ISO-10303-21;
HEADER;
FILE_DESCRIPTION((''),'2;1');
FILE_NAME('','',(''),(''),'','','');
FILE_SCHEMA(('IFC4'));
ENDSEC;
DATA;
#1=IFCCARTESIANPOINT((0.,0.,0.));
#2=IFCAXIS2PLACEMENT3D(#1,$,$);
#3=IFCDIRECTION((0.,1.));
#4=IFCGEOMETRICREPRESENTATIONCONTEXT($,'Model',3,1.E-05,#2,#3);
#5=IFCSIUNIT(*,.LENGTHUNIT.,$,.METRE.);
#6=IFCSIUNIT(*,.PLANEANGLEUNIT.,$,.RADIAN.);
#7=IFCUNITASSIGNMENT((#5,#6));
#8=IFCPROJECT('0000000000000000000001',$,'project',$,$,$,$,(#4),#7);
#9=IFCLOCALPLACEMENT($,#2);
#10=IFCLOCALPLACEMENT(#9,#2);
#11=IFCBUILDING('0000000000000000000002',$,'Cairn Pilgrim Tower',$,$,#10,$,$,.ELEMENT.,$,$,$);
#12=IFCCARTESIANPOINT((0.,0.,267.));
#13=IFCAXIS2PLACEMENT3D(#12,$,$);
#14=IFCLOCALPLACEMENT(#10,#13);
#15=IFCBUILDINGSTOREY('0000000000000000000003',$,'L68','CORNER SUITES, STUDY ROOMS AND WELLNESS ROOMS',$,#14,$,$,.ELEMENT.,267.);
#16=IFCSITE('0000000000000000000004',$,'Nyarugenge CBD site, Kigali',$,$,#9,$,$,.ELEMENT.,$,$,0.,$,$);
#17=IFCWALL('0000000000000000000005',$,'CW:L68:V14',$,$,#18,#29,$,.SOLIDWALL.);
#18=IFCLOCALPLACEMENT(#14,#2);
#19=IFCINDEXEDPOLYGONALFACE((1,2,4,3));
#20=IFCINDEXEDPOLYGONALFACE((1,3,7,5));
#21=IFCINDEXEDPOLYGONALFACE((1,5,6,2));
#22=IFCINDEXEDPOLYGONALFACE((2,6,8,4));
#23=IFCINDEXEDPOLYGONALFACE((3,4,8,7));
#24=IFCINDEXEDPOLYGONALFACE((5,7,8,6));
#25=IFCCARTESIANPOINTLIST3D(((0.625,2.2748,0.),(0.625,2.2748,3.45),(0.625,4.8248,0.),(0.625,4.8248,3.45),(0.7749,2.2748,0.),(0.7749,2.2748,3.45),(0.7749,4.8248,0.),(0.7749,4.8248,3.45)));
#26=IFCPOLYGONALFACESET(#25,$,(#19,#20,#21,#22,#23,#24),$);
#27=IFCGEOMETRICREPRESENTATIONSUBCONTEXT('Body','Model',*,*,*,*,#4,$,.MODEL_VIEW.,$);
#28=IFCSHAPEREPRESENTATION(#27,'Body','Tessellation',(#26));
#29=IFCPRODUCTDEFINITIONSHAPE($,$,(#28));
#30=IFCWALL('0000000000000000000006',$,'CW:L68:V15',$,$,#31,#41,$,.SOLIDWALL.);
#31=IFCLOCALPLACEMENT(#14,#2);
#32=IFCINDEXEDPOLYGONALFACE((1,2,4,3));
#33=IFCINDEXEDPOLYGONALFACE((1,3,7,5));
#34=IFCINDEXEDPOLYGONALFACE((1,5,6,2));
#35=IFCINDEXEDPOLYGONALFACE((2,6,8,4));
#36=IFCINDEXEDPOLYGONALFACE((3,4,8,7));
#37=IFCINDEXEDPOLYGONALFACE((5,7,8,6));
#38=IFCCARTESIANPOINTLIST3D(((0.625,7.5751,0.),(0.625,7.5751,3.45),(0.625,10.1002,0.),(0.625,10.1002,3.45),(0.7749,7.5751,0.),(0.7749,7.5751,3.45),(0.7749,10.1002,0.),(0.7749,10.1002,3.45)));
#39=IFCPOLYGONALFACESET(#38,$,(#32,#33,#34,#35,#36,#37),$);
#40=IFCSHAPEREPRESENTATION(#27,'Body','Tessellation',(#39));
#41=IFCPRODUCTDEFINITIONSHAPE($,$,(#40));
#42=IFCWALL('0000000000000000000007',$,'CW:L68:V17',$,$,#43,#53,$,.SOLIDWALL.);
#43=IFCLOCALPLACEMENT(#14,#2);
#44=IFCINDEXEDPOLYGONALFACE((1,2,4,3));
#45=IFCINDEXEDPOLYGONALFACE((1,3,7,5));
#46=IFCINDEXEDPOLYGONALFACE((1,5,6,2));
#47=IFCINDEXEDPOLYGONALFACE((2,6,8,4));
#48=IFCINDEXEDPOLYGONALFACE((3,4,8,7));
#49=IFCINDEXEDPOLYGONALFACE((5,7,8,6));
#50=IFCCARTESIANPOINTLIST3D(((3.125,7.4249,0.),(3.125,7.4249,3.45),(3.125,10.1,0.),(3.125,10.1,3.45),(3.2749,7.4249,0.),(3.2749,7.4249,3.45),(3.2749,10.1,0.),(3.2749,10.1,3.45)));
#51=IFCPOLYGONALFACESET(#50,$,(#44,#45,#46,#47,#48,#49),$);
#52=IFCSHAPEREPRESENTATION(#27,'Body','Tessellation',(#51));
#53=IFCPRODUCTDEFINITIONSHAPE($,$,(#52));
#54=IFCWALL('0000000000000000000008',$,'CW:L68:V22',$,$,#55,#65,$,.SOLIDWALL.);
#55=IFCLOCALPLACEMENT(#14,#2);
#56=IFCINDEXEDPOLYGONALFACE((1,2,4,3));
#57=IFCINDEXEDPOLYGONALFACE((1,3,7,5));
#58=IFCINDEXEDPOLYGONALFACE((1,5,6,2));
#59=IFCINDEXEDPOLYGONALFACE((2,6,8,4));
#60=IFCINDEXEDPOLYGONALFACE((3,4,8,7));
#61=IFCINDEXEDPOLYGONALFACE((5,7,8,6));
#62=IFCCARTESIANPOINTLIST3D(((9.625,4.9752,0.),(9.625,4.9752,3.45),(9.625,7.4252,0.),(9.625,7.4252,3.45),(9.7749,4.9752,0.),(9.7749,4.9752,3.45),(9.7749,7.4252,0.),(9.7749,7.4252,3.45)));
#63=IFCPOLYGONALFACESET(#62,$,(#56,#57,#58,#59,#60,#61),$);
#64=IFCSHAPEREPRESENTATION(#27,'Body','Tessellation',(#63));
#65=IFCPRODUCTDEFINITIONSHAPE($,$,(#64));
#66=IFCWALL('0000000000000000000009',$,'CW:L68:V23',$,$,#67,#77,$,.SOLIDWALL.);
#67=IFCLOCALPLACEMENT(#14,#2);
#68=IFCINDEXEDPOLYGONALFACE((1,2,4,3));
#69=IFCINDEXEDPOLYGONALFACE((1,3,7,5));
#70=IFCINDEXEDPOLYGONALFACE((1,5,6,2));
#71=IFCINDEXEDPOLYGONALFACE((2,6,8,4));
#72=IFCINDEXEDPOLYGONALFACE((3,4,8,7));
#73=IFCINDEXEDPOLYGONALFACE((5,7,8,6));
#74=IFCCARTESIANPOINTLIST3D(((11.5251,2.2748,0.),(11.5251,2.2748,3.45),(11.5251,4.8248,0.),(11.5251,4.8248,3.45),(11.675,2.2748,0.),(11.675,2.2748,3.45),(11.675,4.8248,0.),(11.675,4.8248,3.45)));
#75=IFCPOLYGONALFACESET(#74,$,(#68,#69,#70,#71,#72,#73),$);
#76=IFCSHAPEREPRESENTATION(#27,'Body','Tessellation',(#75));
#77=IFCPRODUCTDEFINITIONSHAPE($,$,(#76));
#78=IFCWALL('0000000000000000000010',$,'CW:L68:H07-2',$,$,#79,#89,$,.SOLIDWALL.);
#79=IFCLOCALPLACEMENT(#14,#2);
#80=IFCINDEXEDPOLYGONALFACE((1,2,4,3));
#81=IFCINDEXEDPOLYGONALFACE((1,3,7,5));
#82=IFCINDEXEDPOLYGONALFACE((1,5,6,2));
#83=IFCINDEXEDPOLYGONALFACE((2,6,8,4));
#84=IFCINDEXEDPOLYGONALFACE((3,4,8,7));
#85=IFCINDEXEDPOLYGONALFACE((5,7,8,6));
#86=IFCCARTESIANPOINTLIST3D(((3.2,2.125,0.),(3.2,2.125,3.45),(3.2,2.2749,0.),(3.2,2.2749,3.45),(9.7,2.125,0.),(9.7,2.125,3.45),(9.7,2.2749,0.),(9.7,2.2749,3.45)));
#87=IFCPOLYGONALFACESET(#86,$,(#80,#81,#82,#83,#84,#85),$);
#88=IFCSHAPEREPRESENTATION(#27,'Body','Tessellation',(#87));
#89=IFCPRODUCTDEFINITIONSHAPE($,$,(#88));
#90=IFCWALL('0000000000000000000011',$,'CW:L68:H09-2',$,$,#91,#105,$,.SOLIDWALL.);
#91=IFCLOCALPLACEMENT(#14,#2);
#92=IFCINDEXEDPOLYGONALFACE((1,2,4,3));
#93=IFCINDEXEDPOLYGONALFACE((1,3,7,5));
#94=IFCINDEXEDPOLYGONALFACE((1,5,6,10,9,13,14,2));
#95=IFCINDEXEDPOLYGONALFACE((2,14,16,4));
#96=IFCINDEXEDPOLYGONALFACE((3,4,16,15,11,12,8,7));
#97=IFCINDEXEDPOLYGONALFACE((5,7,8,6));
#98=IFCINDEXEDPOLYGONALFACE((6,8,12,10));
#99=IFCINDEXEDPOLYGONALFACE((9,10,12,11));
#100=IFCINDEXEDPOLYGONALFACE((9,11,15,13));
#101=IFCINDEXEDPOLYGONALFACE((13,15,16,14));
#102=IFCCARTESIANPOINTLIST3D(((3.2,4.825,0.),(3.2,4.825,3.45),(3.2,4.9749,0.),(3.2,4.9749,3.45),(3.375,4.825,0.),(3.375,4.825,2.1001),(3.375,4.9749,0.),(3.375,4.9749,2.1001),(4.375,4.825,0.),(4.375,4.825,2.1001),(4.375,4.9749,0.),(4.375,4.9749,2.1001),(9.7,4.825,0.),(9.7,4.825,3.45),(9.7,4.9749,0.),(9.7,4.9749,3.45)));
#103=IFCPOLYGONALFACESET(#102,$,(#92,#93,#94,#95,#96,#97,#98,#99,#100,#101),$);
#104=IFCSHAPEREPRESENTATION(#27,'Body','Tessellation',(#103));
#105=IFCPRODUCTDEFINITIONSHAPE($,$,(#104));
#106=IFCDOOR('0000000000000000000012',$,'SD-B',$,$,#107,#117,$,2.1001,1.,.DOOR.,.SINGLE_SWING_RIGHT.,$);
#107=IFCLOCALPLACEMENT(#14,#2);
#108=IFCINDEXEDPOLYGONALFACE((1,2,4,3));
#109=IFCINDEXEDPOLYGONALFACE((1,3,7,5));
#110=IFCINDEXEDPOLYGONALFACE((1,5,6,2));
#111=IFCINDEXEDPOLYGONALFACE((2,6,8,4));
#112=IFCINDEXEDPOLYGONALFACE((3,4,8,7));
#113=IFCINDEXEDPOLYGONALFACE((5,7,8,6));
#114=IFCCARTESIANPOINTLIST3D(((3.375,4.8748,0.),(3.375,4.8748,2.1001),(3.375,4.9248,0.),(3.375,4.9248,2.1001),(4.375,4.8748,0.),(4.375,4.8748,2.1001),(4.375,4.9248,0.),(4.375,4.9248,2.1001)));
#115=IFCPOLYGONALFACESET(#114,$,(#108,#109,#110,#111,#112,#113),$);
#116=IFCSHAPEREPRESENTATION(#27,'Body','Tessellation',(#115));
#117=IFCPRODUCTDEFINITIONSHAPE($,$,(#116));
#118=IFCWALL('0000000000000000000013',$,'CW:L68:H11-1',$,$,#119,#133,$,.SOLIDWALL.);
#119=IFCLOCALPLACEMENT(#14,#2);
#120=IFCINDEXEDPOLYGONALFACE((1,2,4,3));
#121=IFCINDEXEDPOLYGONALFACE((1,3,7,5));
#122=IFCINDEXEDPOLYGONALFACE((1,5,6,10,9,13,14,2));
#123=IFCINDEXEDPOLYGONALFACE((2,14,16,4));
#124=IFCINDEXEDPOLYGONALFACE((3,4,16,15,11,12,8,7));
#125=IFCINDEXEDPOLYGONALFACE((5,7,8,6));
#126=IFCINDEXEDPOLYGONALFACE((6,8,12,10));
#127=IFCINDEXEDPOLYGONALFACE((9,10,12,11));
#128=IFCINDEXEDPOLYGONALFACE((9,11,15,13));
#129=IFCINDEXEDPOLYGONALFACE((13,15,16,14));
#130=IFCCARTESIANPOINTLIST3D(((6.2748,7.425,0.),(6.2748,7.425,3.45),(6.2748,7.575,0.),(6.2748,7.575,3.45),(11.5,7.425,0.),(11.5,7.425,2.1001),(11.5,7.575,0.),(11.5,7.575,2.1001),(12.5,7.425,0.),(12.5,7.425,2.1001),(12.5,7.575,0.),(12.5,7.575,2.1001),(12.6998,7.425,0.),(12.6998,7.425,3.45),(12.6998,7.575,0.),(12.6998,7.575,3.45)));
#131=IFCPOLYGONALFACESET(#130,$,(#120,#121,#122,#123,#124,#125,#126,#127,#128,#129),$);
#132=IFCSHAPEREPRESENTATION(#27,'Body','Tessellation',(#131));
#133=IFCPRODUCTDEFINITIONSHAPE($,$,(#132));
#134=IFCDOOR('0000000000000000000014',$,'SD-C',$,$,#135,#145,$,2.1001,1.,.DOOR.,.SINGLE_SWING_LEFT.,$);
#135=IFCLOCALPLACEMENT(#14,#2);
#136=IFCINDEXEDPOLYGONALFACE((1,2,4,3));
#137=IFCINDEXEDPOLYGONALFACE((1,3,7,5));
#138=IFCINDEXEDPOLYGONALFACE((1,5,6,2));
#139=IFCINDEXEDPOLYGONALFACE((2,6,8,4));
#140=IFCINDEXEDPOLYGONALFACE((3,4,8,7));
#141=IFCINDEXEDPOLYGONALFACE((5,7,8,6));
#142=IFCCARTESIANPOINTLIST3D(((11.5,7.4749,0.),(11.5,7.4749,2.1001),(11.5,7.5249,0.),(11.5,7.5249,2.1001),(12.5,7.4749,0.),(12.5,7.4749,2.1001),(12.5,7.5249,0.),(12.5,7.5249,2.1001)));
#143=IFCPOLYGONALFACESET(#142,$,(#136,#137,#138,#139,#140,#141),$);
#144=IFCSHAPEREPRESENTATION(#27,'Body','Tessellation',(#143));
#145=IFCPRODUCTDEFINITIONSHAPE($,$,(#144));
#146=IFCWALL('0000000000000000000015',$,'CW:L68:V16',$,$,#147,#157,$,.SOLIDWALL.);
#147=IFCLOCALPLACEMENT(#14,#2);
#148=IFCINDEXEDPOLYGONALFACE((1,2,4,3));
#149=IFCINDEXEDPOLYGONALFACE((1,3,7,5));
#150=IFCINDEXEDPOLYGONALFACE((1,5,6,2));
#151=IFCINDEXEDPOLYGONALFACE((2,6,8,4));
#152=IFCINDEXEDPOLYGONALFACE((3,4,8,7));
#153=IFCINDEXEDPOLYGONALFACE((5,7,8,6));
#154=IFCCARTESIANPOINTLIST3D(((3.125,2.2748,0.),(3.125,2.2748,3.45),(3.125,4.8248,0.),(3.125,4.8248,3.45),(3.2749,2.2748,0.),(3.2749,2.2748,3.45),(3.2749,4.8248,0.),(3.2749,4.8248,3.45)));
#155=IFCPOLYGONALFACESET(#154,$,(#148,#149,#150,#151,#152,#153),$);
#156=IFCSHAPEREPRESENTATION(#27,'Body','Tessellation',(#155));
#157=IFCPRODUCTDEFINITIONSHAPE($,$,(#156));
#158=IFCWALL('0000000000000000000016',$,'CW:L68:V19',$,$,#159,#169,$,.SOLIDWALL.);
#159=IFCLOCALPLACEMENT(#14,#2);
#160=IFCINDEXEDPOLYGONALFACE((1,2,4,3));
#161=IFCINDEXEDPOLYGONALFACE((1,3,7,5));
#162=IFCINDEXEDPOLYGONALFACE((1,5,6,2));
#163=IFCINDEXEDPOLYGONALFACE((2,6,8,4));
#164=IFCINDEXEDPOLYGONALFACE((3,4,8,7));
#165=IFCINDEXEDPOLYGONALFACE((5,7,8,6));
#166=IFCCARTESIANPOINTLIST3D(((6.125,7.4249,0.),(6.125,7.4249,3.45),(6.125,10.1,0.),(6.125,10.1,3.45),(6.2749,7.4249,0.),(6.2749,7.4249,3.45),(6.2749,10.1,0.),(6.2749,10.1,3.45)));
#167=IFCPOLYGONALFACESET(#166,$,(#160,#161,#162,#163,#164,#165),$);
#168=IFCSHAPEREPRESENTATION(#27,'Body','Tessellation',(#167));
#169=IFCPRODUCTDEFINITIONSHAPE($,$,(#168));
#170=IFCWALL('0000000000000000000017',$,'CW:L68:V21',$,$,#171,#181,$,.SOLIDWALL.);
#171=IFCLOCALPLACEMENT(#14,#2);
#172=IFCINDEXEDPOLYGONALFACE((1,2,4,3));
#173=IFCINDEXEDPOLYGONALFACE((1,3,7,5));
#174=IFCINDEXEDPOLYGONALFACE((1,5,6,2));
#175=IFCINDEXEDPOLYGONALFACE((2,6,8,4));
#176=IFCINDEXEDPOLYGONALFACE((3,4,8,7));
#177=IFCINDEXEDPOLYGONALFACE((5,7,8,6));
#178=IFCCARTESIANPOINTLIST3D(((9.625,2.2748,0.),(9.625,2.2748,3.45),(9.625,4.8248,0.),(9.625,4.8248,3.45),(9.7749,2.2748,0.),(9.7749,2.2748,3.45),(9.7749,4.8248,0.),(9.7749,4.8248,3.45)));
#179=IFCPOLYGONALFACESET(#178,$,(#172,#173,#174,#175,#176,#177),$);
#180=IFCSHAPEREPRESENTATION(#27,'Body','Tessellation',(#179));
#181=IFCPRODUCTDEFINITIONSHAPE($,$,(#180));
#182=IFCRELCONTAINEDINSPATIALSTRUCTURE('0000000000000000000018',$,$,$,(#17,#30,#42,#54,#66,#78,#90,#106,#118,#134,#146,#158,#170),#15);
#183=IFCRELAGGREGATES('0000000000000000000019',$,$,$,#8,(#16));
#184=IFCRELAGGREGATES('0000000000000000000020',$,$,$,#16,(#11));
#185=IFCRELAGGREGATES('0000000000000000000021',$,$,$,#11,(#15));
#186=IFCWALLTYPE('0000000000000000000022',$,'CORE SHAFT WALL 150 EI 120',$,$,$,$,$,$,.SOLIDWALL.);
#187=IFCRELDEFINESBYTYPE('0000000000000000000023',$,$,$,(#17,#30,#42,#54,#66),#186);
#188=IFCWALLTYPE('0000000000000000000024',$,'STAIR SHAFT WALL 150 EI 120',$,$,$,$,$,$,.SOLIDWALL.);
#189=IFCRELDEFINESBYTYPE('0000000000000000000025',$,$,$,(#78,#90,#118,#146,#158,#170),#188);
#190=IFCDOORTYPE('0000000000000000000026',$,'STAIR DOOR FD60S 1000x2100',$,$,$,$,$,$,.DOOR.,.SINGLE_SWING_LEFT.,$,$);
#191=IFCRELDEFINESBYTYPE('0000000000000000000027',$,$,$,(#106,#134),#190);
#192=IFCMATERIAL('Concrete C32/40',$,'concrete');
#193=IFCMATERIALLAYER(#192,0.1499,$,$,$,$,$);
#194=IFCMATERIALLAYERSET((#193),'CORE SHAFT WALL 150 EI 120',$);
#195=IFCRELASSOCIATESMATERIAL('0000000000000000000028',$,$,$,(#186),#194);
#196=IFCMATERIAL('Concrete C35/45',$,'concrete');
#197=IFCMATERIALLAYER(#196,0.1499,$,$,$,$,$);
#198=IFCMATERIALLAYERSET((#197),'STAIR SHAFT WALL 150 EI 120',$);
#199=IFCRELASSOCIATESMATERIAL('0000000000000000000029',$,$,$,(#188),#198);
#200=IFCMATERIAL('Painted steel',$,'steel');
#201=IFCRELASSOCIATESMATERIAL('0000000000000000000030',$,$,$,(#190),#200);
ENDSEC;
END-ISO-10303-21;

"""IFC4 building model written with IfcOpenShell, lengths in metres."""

from ifc_helpers import new_model, si_unit, direction, frame, frame_2d, origin, place, context, subcontext, project, spatial, rectangle, extrude, material, layer, layer_set, type_object, element, fill, save


model = new_model("IFC4")

# Units and contexts
model_context = context("Model", 3, precision=1e-05, world=origin(), true_north=direction((0.0, 1.0)))
body_context = subcontext(model_context, "Body", "Model", "MODEL_VIEW")
ifc_project = project(units=[si_unit("LENGTHUNIT", "METRE"), si_unit("PLANEANGLEUNIT", "RADIAN")], contexts=[model_context])

# Site, building, storey
site_placement = place(None, origin())
site = spatial("IfcSite", under=ifc_project, at=site_placement, Name="Nyarugenge CBD site, Kigali", CompositionType="ELEMENT", RefElevation=0.0)
building_placement = place(site_placement, origin())
building = spatial("IfcBuilding", under=site, at=building_placement, Name="Cairn Pilgrim Tower", CompositionType="ELEMENT")
storey_placement = place(building_placement, frame((0.0, 0.0, 267.0)))
storey = spatial("IfcBuildingStorey", under=building, at=storey_placement, Name="L68", Description="CORNER SUITES, STUDY ROOMS AND WELLNESS ROOMS", CompositionType="ELEMENT", Elevation=267.0)

# Shared definitions
ifc_material_1 = material(Name="Concrete C32/40", Category="concrete")

# Shared definitions
ifc_layer_1 = layer(ifc_material_1, 0.1499)
ifc_layer_set_1 = layer_set([ifc_layer_1], Name="CORE SHAFT WALL 150 EI 120")
wall_type_1 = type_object("IfcWallType", Name="CORE SHAFT WALL 150 EI 120", PredefinedType="SOLIDWALL", material=ifc_layer_set_1)

# Shared definitions
ifc_material_2 = material(Name="Painted steel", Category="steel")

# Walls
wall_1_placement = place(storey_placement, frame((0.7, 2.2749, 0.0), z_axis=(0.0, 0.0, 1.0), x_axis=(0.0, 1.0, 0.0)))
element("IfcWall", 1, at=wall_1_placement, inside=storey, type_object=wall_type_1, Name="CW:L68:V14", PredefinedType="SOLIDWALL", context=body_context, shape_type="SweptSolid", body=[
    extrude(rectangle(XDim=2.55, YDim=0.1499, at=frame_2d((1.2749, 0.0))), origin(), (0.0, 0.0, 1.0), 3.45),
])
wall_2_placement = place(storey_placement, frame((0.7, 7.575, 0.0), z_axis=(0.0, 0.0, 1.0), x_axis=(0.0, 1.0, 0.0)))
element("IfcWall", 2, at=wall_2_placement, inside=storey, type_object=wall_type_1, Name="CW:L68:V15", PredefinedType="SOLIDWALL", context=body_context, shape_type="SweptSolid", body=[
    extrude(rectangle(XDim=2.5251, YDim=0.1499, at=frame_2d((1.2627, 0.0))), origin(), (0.0, 0.0, 1.0), 3.45),
])
wall_3_placement = place(storey_placement, frame((3.2, 7.425, 0.0), z_axis=(0.0, 0.0, 1.0), x_axis=(0.0, 1.0, 0.0)))
element("IfcWall", 3, at=wall_3_placement, inside=storey, type_object=wall_type_1, Name="CW:L68:V17", PredefinedType="SOLIDWALL", context=body_context, shape_type="SweptSolid", body=[
    extrude(rectangle(XDim=2.675, YDim=0.1499, at=frame_2d((1.3374, 0.0))), origin(), (0.0, 0.0, 1.0), 3.45),
])
wall_4_placement = place(storey_placement, frame((9.7, 4.9751, 0.0), z_axis=(0.0, 0.0, 1.0), x_axis=(0.0, 1.0, 0.0)))
element("IfcWall", 4, at=wall_4_placement, inside=storey, type_object=wall_type_1, Name="CW:L68:V22", PredefinedType="SOLIDWALL", context=body_context, shape_type="SweptSolid", body=[
    extrude(rectangle(XDim=2.45, YDim=0.1499, at=frame_2d((1.2251, 0.0))), origin(), (0.0, 0.0, 1.0), 3.45),
])
wall_5_placement = place(storey_placement, frame((11.6001, 2.2749, 0.0), z_axis=(0.0, 0.0, 1.0), x_axis=(0.0, 1.0, 0.0)))
element("IfcWall", 5, at=wall_5_placement, inside=storey, type_object=wall_type_1, Name="CW:L68:V23", PredefinedType="SOLIDWALL", context=body_context, shape_type="SweptSolid", body=[
    extrude(rectangle(XDim=2.55, YDim=0.1499, at=frame_2d((1.2749, 0.0))), origin(), (0.0, 0.0, 1.0), 3.45),
])
ifc_material_3 = material(Name="Concrete C35/45", Category="concrete")
ifc_layer_2 = layer(ifc_material_3, 0.1499)
ifc_layer_set_2 = layer_set([ifc_layer_2], Name="STAIR SHAFT WALL 150 EI 120")
wall_type_2 = type_object("IfcWallType", Name="STAIR SHAFT WALL 150 EI 120", PredefinedType="SOLIDWALL", material=ifc_layer_set_2)
wall_6_placement = place(storey_placement, frame((3.2, 2.2, 0.0), z_axis=(0.0, 0.0, 1.0), x_axis=(1.0, 0.0, 0.0)))
element("IfcWall", 6, at=wall_6_placement, inside=storey, type_object=wall_type_2, Name="CW:L68:H07-2", PredefinedType="SOLIDWALL", context=body_context, shape_type="SweptSolid", body=[
    extrude(rectangle(XDim=6.5, YDim=0.1499, at=frame_2d((3.25, 0.0))), origin(), (0.0, 0.0, 1.0), 3.45),
])

# Walls, openings, doors
wall_7_placement = place(storey_placement, frame((3.2, 4.8999, 0.0), z_axis=(0.0, 0.0, 1.0), x_axis=(1.0, 0.0, 0.0)))
wall_7 = element("IfcWall", 7, at=wall_7_placement, inside=storey, type_object=wall_type_2, Name="CW:L68:H09-2", PredefinedType="SOLIDWALL", context=body_context, shape_type="SweptSolid", body=[
    extrude(rectangle(XDim=6.5, YDim=0.1499, at=frame_2d((3.25, 0.0))), origin(), (0.0, 0.0, 1.0), 3.45),
])
opening_1_placement = place(wall_7_placement, frame((0.175, 0.0, 0.0)))
opening_1 = element("IfcOpeningElement", 8, at=opening_1_placement, cuts=wall_7, PredefinedType="OPENING", context=body_context, shape_type="SweptSolid", body=[
    extrude(rectangle(XDim=1.0, YDim=2.1001, at=frame_2d((0.5, 1.05))), frame((0.0, 0.085, 0.0), z_axis=(0.0, -1.0, 0.0), x_axis=(1.0, 0.0, 0.0)), (0.0, 0.0, 1.0), 0.1699),
])
door_type_1 = type_object("IfcDoorType", Name="STAIR DOOR FD60S 1000x2100", OperationType="SINGLE_SWING_LEFT", PredefinedType="DOOR", material=ifc_material_2)
door_1_placement = place(opening_1_placement, origin())
door_1 = element("IfcDoor", 9, at=door_1_placement, inside=storey, type_object=door_type_1, Name="SD-B", OperationType="SINGLE_SWING_RIGHT", OverallHeight=2.1001, OverallWidth=1.0, PredefinedType="DOOR", context=body_context, shape_type="SweptSolid", body=[
    extrude(rectangle(XDim=1.0, YDim=2.1001, at=frame_2d((0.5, 1.05))), frame((0.0, 0.0249, 0.0), z_axis=(0.0, -1.0, 0.0), x_axis=(1.0, 0.0, 0.0)), (0.0, 0.0, 1.0), 0.05),
])
fill(opening_1, door_1)
wall_8_placement = place(storey_placement, frame((6.2749, 7.5, 0.0), z_axis=(0.0, 0.0, 1.0), x_axis=(1.0, 0.0, 0.0)))
wall_8 = element("IfcWall", 10, at=wall_8_placement, inside=storey, type_object=wall_type_2, Name="CW:L68:H11-1", PredefinedType="SOLIDWALL", context=body_context, shape_type="SweptSolid", body=[
    extrude(rectangle(XDim=6.425, YDim=0.1499, at=frame_2d((3.2124, 0.0))), origin(), (0.0, 0.0, 1.0), 3.45),
])
opening_2_placement = place(wall_8_placement, frame((5.2251, 0.0, 0.0)))
opening_2 = element("IfcOpeningElement", 11, at=opening_2_placement, cuts=wall_8, PredefinedType="OPENING", context=body_context, shape_type="SweptSolid", body=[
    extrude(rectangle(XDim=1.0, YDim=2.1001, at=frame_2d((0.5, 1.05))), frame((0.0, 0.085, 0.0), z_axis=(0.0, -1.0, 0.0), x_axis=(1.0, 0.0, 0.0)), (0.0, 0.0, 1.0), 0.1699),
])
door_2_placement = place(opening_2_placement, origin())
door_2 = element("IfcDoor", 12, at=door_2_placement, inside=storey, type_object=door_type_1, Name="SD-C", OperationType="SINGLE_SWING_LEFT", OverallHeight=2.1001, OverallWidth=1.0, PredefinedType="DOOR", context=body_context, shape_type="SweptSolid", body=[
    extrude(rectangle(XDim=1.0, YDim=2.1001, at=frame_2d((0.5, 1.05))), frame((0.0, 0.0249, 0.0), z_axis=(0.0, -1.0, 0.0), x_axis=(1.0, 0.0, 0.0)), (0.0, 0.0, 1.0), 0.05),
])
fill(opening_2, door_2)

# Walls
wall_9_placement = place(storey_placement, frame((3.2, 2.2749, 0.0), z_axis=(0.0, 0.0, 1.0), x_axis=(0.0, 1.0, 0.0)))
element("IfcWall", 13, at=wall_9_placement, inside=storey, type_object=wall_type_2, Name="CW:L68:V16", PredefinedType="SOLIDWALL", context=body_context, shape_type="SweptSolid", body=[
    extrude(rectangle(XDim=2.55, YDim=0.1499, at=frame_2d((1.2749, 0.0))), origin(), (0.0, 0.0, 1.0), 3.45),
])
wall_10_placement = place(storey_placement, frame((6.2, 7.425, 0.0), z_axis=(0.0, 0.0, 1.0), x_axis=(0.0, 1.0, 0.0)))
element("IfcWall", 14, at=wall_10_placement, inside=storey, type_object=wall_type_2, Name="CW:L68:V19", PredefinedType="SOLIDWALL", context=body_context, shape_type="SweptSolid", body=[
    extrude(rectangle(XDim=2.675, YDim=0.1499, at=frame_2d((1.3374, 0.0))), origin(), (0.0, 0.0, 1.0), 3.45),
])
wall_11_placement = place(storey_placement, frame((9.7, 2.2749, 0.0), z_axis=(0.0, 0.0, 1.0), x_axis=(0.0, 1.0, 0.0)))
element("IfcWall", 15, at=wall_11_placement, inside=storey, type_object=wall_type_2, Name="CW:L68:V21", PredefinedType="SOLIDWALL", context=body_context, shape_type="SweptSolid", body=[
    extrude(rectangle(XDim=2.55, YDim=0.1499, at=frame_2d((1.2749, 0.0))), origin(), (0.0, 0.0, 1.0), 3.45),
])

save(model, "model.ifc")
